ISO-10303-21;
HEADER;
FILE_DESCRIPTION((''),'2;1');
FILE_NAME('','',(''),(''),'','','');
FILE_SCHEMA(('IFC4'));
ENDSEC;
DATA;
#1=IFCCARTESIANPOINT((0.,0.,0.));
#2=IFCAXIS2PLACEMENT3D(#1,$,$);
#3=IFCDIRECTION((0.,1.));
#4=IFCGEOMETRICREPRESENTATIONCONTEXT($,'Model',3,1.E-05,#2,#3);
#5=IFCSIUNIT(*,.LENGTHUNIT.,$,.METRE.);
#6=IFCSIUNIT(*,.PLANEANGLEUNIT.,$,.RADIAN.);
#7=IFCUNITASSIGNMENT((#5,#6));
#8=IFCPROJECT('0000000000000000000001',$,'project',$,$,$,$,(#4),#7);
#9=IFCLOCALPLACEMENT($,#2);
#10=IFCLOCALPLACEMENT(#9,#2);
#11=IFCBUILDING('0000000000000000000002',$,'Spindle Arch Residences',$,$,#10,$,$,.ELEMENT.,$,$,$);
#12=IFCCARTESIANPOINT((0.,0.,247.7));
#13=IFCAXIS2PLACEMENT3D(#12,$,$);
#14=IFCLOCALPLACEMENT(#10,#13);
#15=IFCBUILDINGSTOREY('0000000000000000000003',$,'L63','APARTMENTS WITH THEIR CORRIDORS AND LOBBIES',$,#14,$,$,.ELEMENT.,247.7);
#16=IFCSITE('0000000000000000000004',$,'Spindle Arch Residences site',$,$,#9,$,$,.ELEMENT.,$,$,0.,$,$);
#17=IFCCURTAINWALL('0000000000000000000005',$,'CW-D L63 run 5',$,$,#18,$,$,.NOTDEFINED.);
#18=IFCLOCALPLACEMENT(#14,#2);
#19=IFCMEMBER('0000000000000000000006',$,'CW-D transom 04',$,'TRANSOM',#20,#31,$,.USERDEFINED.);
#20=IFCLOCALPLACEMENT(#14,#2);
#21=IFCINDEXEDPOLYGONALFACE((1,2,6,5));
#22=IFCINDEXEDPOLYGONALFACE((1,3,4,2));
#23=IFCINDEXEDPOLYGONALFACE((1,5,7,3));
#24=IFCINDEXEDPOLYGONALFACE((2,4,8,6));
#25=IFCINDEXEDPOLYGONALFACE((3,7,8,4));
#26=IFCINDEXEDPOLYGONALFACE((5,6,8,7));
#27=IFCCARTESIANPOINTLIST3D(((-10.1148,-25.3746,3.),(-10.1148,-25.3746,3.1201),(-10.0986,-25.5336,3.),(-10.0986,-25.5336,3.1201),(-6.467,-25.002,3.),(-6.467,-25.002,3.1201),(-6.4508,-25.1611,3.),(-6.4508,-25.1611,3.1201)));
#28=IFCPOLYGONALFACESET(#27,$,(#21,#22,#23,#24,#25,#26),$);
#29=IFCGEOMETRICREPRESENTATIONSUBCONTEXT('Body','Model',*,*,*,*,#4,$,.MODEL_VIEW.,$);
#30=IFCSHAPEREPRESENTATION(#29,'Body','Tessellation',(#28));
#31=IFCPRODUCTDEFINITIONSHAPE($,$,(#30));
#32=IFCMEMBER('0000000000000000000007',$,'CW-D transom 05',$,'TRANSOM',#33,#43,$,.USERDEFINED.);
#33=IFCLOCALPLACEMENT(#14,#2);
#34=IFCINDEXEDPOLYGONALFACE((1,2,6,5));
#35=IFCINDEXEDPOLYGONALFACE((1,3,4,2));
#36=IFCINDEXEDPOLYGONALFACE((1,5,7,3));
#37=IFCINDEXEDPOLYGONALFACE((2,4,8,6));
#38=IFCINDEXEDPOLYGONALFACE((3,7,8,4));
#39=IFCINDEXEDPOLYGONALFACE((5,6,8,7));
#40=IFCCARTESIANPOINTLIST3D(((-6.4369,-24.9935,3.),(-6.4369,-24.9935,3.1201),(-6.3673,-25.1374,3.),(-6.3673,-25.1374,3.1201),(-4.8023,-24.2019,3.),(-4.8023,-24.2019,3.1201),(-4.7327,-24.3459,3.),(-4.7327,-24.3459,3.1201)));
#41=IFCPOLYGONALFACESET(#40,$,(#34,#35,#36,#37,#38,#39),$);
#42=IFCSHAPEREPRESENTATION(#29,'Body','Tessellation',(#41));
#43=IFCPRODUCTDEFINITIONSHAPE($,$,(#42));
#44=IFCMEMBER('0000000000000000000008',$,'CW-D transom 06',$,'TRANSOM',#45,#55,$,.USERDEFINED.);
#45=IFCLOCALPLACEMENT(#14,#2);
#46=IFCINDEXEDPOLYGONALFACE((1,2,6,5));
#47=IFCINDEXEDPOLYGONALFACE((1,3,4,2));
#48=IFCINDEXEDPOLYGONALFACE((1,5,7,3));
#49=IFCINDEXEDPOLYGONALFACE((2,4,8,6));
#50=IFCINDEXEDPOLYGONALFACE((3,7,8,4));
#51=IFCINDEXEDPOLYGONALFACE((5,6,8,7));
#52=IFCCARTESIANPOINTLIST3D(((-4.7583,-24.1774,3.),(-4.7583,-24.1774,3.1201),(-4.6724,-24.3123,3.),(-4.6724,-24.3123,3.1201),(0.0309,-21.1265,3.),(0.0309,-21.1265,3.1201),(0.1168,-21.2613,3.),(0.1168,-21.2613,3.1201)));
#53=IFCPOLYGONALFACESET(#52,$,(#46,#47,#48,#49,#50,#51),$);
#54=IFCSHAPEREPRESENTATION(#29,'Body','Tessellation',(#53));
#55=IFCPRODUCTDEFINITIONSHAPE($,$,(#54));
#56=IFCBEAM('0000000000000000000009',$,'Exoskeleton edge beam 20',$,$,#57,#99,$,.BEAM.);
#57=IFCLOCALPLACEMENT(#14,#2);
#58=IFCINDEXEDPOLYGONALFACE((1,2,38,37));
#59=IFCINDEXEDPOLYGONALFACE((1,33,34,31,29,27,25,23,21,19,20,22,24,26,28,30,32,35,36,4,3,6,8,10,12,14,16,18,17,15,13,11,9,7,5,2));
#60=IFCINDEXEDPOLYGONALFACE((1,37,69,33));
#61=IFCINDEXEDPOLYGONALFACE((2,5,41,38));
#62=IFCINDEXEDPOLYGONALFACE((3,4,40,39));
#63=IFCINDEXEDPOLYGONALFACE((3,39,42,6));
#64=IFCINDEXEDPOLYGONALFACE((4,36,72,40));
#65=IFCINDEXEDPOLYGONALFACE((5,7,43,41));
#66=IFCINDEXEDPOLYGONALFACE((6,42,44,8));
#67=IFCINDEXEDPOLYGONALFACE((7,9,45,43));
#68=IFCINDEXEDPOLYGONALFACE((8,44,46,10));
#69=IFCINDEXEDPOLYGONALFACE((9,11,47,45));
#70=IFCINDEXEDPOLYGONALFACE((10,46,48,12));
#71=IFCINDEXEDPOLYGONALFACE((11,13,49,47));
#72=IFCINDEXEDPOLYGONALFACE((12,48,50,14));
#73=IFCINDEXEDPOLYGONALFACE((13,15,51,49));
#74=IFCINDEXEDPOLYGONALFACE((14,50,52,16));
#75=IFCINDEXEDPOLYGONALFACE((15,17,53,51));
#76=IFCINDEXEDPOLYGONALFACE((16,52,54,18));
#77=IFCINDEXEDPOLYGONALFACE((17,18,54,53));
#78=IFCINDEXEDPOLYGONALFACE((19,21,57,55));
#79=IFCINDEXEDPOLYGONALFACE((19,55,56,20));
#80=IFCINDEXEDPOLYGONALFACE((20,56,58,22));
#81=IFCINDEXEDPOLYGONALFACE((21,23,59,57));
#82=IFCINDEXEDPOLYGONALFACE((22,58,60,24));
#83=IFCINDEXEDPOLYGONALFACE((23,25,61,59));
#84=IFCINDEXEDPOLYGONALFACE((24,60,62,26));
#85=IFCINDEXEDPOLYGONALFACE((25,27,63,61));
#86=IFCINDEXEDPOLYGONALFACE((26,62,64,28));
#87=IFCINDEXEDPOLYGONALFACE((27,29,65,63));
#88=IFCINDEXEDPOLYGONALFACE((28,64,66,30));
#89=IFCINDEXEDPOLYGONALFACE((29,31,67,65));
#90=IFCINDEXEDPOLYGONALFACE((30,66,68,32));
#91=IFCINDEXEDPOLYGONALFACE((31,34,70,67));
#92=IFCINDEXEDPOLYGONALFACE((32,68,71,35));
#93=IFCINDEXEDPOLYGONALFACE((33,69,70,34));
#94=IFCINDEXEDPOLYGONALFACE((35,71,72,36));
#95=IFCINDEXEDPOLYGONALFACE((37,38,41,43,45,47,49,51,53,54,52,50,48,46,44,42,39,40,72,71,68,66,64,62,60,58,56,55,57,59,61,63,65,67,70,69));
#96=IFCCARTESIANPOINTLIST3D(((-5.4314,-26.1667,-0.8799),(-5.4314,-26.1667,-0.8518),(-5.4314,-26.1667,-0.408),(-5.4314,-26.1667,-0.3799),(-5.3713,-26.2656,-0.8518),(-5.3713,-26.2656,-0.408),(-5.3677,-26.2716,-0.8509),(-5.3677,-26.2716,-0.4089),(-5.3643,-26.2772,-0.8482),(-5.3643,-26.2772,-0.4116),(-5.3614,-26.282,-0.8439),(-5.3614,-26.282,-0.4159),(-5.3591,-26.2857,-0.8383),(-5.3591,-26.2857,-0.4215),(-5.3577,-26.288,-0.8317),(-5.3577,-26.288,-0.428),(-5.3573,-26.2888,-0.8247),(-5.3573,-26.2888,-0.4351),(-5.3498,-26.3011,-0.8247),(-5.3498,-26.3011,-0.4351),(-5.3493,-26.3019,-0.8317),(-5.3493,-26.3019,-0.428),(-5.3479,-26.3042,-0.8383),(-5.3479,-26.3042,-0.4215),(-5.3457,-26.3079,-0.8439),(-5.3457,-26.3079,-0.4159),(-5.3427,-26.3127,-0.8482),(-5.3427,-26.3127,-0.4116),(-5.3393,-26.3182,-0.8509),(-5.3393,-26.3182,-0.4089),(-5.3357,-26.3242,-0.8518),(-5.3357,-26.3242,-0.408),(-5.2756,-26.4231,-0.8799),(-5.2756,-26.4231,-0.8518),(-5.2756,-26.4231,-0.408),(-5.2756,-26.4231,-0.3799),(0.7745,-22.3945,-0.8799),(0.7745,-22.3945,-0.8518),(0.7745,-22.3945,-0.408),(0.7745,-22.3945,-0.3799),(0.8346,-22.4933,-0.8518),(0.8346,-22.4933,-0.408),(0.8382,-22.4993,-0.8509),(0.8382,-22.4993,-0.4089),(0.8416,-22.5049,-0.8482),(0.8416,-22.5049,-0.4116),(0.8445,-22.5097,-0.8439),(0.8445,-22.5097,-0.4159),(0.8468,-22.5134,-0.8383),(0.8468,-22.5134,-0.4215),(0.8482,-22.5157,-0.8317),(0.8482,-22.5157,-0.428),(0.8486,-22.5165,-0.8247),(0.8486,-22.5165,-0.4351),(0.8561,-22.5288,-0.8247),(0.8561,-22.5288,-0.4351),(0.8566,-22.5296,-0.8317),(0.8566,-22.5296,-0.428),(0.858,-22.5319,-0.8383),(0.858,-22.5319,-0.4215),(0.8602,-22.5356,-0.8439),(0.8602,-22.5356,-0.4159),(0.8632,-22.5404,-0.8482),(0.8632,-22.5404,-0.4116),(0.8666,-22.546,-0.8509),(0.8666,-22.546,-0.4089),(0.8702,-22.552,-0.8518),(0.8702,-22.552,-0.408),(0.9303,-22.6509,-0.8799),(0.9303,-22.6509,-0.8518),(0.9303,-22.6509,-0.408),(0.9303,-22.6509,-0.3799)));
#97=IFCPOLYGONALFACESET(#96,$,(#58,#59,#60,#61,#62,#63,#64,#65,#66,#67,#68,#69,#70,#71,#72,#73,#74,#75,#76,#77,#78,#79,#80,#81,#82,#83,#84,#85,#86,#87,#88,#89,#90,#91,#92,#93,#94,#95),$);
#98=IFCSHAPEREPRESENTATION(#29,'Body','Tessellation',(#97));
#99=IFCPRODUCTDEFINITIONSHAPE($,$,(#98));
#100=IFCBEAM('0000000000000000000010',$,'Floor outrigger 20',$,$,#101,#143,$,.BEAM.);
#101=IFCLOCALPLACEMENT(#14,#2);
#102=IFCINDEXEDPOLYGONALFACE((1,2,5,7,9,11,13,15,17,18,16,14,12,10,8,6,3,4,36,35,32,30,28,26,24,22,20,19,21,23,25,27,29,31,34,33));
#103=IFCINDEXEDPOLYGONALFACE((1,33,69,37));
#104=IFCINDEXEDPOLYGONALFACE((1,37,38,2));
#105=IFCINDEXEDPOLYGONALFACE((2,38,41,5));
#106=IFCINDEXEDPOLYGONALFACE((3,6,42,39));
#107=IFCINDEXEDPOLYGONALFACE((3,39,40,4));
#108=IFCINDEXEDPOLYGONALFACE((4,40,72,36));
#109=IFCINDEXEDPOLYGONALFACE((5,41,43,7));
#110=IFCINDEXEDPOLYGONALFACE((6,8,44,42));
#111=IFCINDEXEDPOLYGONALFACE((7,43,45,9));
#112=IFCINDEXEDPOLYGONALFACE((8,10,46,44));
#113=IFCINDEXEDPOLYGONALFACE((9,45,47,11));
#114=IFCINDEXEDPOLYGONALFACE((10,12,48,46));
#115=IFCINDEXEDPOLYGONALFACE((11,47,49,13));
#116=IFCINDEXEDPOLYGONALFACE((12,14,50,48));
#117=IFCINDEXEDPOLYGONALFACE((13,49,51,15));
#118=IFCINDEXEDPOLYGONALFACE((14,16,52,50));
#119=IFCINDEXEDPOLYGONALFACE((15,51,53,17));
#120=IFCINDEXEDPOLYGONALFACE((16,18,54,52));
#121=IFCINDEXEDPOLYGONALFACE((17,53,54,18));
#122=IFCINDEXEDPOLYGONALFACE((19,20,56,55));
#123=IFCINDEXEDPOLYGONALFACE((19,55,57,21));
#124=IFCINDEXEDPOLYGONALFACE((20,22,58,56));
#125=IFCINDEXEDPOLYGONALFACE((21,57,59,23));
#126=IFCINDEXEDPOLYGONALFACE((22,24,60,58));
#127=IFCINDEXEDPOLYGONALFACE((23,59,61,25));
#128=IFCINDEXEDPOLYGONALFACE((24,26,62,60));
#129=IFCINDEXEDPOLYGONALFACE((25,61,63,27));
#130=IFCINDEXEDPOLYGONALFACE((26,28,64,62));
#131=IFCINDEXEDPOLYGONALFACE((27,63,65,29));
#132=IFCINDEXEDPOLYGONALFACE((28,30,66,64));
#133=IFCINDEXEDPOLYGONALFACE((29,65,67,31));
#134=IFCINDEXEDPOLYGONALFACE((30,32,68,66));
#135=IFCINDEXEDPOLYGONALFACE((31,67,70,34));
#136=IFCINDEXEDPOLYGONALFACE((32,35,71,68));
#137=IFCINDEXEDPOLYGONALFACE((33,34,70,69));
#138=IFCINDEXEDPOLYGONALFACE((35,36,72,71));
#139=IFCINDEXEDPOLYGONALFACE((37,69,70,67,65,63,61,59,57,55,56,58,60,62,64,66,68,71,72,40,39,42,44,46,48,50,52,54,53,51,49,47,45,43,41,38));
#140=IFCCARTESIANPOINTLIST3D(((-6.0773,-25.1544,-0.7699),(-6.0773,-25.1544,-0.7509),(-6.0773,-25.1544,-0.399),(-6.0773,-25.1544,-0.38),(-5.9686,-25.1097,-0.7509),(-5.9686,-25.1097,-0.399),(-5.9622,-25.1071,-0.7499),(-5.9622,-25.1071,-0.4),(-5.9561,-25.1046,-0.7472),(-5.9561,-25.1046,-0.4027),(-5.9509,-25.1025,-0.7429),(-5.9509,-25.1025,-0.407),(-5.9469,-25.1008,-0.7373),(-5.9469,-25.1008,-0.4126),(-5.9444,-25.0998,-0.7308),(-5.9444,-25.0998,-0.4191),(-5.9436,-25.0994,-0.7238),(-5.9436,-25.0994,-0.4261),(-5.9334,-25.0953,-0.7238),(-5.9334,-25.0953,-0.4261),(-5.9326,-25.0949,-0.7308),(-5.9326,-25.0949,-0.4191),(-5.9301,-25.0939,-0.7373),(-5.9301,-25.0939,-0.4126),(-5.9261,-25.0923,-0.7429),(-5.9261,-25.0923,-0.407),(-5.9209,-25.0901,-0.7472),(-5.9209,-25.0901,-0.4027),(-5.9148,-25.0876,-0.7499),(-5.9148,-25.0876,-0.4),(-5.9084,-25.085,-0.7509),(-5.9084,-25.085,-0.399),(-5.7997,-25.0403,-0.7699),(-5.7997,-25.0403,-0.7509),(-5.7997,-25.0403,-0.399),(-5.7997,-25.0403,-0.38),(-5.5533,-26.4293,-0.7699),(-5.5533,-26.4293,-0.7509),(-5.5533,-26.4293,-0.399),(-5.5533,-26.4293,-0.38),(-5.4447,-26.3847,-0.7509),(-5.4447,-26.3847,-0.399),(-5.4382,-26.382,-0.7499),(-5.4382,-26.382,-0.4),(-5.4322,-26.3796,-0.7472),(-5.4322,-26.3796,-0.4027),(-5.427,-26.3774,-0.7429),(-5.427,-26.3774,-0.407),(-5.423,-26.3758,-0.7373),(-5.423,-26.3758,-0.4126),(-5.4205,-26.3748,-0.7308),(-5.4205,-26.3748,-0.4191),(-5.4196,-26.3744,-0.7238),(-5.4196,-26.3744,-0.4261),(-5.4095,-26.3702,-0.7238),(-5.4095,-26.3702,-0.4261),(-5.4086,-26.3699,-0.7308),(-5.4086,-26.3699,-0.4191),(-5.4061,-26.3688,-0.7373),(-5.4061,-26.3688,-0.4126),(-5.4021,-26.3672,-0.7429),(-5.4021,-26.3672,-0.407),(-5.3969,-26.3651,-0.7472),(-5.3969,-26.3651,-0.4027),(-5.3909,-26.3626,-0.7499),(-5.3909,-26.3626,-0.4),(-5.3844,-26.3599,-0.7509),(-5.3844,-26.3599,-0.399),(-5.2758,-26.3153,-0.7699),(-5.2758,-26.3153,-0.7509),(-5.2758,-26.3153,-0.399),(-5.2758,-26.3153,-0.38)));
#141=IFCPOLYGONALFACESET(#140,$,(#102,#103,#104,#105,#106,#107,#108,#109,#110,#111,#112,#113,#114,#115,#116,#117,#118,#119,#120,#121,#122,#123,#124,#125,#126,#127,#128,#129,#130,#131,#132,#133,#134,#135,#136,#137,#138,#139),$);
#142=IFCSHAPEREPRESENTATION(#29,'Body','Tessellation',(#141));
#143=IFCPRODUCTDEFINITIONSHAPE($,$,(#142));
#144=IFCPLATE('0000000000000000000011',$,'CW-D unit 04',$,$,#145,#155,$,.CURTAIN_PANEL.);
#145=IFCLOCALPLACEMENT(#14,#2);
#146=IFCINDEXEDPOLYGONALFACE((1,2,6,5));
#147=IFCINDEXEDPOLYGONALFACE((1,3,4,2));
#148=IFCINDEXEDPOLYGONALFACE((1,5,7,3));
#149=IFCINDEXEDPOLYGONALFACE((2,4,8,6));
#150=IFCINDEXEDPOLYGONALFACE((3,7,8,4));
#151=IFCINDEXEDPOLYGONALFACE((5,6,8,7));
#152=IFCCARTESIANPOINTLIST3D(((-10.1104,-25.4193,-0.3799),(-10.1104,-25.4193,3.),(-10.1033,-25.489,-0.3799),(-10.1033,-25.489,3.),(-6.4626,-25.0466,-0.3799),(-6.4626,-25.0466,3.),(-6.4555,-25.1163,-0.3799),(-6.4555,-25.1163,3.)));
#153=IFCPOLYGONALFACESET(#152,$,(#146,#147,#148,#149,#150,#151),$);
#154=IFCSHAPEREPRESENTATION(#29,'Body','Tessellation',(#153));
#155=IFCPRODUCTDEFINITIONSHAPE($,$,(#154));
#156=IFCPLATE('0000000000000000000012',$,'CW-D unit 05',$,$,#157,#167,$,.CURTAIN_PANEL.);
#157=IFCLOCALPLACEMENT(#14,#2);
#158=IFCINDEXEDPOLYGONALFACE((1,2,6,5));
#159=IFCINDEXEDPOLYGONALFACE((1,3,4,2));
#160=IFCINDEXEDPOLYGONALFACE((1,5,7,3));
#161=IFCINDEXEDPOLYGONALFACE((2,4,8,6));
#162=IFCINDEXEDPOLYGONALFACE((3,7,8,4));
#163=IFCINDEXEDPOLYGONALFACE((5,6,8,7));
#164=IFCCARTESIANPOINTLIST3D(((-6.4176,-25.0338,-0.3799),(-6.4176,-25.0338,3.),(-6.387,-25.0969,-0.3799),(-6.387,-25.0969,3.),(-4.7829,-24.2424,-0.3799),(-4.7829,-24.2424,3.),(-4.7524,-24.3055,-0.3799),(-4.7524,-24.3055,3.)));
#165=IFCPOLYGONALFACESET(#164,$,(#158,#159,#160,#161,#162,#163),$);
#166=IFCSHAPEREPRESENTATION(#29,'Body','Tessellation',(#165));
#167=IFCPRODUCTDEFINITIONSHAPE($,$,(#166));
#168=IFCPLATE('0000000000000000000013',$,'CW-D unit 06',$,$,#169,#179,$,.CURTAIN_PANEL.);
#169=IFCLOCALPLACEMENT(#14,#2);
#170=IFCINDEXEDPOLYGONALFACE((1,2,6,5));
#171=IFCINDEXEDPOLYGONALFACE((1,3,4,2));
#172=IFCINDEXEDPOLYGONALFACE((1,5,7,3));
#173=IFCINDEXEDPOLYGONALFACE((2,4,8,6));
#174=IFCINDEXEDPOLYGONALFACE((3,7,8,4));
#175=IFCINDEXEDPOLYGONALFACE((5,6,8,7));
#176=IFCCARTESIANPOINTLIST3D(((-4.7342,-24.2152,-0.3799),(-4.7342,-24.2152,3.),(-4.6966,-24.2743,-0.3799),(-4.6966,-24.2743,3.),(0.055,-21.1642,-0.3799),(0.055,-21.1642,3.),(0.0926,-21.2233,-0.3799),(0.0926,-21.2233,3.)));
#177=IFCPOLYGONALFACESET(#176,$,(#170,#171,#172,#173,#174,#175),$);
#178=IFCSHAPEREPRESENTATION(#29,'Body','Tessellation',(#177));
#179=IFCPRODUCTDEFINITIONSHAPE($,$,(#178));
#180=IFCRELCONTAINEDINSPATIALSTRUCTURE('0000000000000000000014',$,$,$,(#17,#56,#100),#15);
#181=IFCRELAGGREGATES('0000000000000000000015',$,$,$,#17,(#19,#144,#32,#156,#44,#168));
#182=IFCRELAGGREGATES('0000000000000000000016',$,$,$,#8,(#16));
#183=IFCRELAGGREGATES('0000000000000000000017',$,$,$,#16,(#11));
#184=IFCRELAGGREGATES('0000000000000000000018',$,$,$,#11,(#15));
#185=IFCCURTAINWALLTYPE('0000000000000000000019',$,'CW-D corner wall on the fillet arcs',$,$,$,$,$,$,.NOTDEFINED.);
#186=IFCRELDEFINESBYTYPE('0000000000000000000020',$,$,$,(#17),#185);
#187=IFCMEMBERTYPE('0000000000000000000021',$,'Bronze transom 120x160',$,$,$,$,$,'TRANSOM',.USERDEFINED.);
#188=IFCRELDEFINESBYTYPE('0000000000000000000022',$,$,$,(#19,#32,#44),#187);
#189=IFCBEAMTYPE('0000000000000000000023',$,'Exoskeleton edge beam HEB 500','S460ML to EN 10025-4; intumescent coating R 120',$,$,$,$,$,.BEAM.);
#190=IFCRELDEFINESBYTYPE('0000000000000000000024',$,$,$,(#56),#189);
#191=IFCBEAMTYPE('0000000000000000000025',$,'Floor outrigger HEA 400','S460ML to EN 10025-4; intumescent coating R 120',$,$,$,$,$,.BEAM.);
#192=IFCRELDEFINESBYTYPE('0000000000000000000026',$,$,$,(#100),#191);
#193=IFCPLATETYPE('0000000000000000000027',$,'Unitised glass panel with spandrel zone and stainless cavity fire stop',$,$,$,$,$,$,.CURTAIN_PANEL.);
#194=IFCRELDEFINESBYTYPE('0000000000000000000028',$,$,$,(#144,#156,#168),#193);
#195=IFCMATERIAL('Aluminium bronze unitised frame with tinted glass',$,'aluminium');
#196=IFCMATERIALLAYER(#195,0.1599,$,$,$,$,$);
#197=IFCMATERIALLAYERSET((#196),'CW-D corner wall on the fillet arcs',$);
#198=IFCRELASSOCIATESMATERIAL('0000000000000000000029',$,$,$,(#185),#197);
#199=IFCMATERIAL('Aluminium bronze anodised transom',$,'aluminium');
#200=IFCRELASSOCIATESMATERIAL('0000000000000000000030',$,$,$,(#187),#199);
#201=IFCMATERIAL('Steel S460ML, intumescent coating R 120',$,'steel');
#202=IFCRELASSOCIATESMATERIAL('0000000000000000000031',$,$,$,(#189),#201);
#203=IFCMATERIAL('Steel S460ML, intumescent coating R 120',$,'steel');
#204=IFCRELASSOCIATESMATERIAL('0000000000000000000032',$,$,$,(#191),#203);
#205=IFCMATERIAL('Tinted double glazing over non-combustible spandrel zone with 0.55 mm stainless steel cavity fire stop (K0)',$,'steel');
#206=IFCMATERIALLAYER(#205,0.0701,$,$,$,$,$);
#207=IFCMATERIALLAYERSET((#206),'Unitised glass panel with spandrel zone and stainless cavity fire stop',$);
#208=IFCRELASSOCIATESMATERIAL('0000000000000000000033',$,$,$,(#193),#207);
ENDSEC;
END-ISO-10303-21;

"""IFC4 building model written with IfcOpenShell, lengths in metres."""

from ifc_helpers import new_model, si_unit, direction, frame, origin, origin_2d, place, context, subcontext, project, spatial, rectangle, i_section, extrude, material, layer, layer_set, material_profile, profile_set, type_object, element, aggregate, save


model = new_model("IFC4")

# Units and contexts
model_context = context("Model", 3, precision=1e-05, world=origin(), true_north=direction((0.0, 1.0)))
body_context = subcontext(model_context, "Body", "Model", "MODEL_VIEW")
ifc_project = project(units=[si_unit("LENGTHUNIT", "METRE"), si_unit("PLANEANGLEUNIT", "RADIAN")], contexts=[model_context])

# Site, building, storey
site_placement = place(None, origin())
site = spatial("IfcSite", under=ifc_project, at=site_placement, Name="Spindle Arch Residences site", CompositionType="ELEMENT", RefElevation=0.0)
building_placement = place(site_placement, origin())
building = spatial("IfcBuilding", under=site, at=building_placement, Name="Spindle Arch Residences", CompositionType="ELEMENT")
storey_placement = place(building_placement, frame((0.0, 0.0, 247.7)))
storey = spatial("IfcBuildingStorey", under=building, at=storey_placement, Name="L63", Description="APARTMENTS WITH THEIR CORRIDORS AND LOBBIES", CompositionType="ELEMENT", Elevation=247.7)

# Curtain wall, members
ifc_material_1 = material(Name="Aluminium bronze unitised frame with tinted glass", Category="aluminium")
ifc_layer_1 = layer(ifc_material_1, 0.1599)
ifc_layer_set_1 = layer_set([ifc_layer_1], Name="CW-D corner wall on the fillet arcs")
curtain_wall_type = type_object("IfcCurtainWallType", Name="CW-D corner wall on the fillet arcs", PredefinedType="NOTDEFINED", material=ifc_layer_set_1)
curtain_wall_placement = place(storey_placement, origin())
curtain_wall = element("IfcCurtainWall", 1, at=curtain_wall_placement, inside=storey, type_object=curtain_wall_type, Name="CW-D L63 run 5", PredefinedType="NOTDEFINED")
ifc_material_2 = material(Name="Aluminium bronze anodised transom", Category="aluminium")
ifc_material_profile_1 = material_profile(ifc_material_2, rectangle(XDim=0.1599, YDim=0.1201, at=origin_2d()), Name="TR 120x160")
ifc_profile_set_1 = profile_set([ifc_material_profile_1], Name="Aluminium bronze anodised transom")
member_type_1 = type_object("IfcMemberType", Name="Bronze transom 120x160", ElementType="TRANSOM", PredefinedType="USERDEFINED", material=ifc_profile_set_1)
member_1_placement = place(storey_placement, frame((-10.1067, -25.4541, 3.0601), z_axis=(0.994825, 0.101606, 0.0), x_axis=(-0.101606, 0.994825, 0.0)))
member_1 = element("IfcMember", 2, at=member_1_placement, type_object=member_type_1, Name="CW-D transom 04", ObjectType="TRANSOM", PredefinedType="USERDEFINED", context=body_context, shape_type="SweptSolid", body=[
    extrude(rectangle(XDim=0.1599, YDim=0.1201, at=origin_2d()), origin(), (0.0, 0.0, 1.0), 3.6667),
])
member_2_placement = place(storey_placement, frame((-6.4021, -25.0654, 3.0601), z_axis=(0.900028, 0.435831, 0.0), x_axis=(-0.435831, 0.900028, 0.0)))
member_2 = element("IfcMember", 3, at=member_2_placement, type_object=member_type_1, Name="CW-D transom 05", ObjectType="TRANSOM", PredefinedType="USERDEFINED", context=body_context, shape_type="SweptSolid", body=[
    extrude(rectangle(XDim=0.1599, YDim=0.1201, at=origin_2d()), origin(), (0.0, 0.0, 1.0), 1.8162),
])
member_3_placement = place(storey_placement, frame((-4.7153, -24.2449, 3.0601), z_axis=(0.843399, 0.537287, 0.0), x_axis=(-0.537287, 0.843399, 0.0)))
member_3 = element("IfcMember", 4, at=member_3_placement, type_object=member_type_1, Name="CW-D transom 06", ObjectType="TRANSOM", PredefinedType="USERDEFINED", context=body_context, shape_type="SweptSolid", body=[
    extrude(rectangle(XDim=0.1599, YDim=0.1201, at=origin_2d()), origin(), (0.0, 0.0, 1.0), 5.6785),
])

# Beams
ifc_material_3 = material(Name="Steel S460ML, intumescent coating R 120", Category="steel")
ifc_material_profile_2 = material_profile(ifc_material_3, i_section(OverallWidth=0.3, OverallDepth=0.5, WebThickness=0.0144, FlangeThickness=0.0281, FilletRadius=0.0271, at=origin_2d()), Name="HEB 500")
ifc_profile_set_2 = profile_set([ifc_material_profile_2], Name="Steel S460ML, intumescent coating R 120")
beam_type_1 = type_object("IfcBeamType", Name="Exoskeleton edge beam HEB 500", Description="S460ML to EN 10025-4; intumescent coating R 120", PredefinedType="BEAM", material=ifc_profile_set_2)
beam_1_placement = place(storey_placement, frame((-5.3535, -26.2949, -0.6299), z_axis=(0.854518, 0.519421, 0.0), x_axis=(-0.519421, 0.854518, 0.0)))
element("IfcBeam", 5, at=beam_1_placement, inside=storey, type_object=beam_type_1, Name="Exoskeleton edge beam 20", PredefinedType="BEAM", context=body_context, shape_type="SweptSolid", body=[
    extrude(i_section(OverallWidth=0.3, OverallDepth=0.5, WebThickness=0.0144, FlangeThickness=0.0281, FilletRadius=0.0271, at=origin_2d()), origin(), (0.0, 0.0, 1.0), 7.2625),
])
ifc_material_4 = material(Name="Steel S460ML, intumescent coating R 120", Category="steel")
ifc_material_profile_3 = material_profile(ifc_material_4, i_section(OverallWidth=0.3, OverallDepth=0.3899, WebThickness=0.011, FlangeThickness=0.019, FilletRadius=0.0271, at=origin_2d()), Name="HEA 400")
ifc_profile_set_3 = profile_set([ifc_material_profile_3], Name="Steel S460ML, intumescent coating R 120")
beam_type_2 = type_object("IfcBeamType", Name="Floor outrigger HEA 400", Description="S460ML to EN 10025-4; intumescent coating R 120", PredefinedType="BEAM", material=ifc_profile_set_3)
beam_2_placement = place(storey_placement, frame((-5.4146, -26.3723, -0.575), z_axis=(-0.380108, 0.924942, 0.0), x_axis=(-0.924942, -0.380108, 0.0)))
element("IfcBeam", 6, at=beam_2_placement, inside=storey, type_object=beam_type_2, Name="Floor outrigger 20", PredefinedType="BEAM", context=body_context, shape_type="SweptSolid", body=[
    extrude(i_section(OverallWidth=0.3, OverallDepth=0.3899, WebThickness=0.011, FlangeThickness=0.019, FilletRadius=0.0271, at=origin_2d()), origin(), (0.0, 0.0, 1.0), 1.3784),
])

# Plates
ifc_material_5 = material(Name="Tinted double glazing over non-combustible spandrel zone with 0.55 mm stainless steel cavity fire stop (K0)", Category="steel")
ifc_layer_2 = layer(ifc_material_5, 0.0701)
ifc_layer_set_2 = layer_set([ifc_layer_2], Name="Unitised glass panel with spandrel zone and stainless cavity fire stop")
plate_type = type_object("IfcPlateType", Name="Unitised glass panel with spandrel zone and stainless cavity fire stop", PredefinedType="CURTAIN_PANEL", material=ifc_layer_set_2)
plate_1_placement = place(storey_placement, frame((-8.283, -25.2678, -0.3799), z_axis=(0.0, 0.0, 1.0), x_axis=(0.994822, 0.101635, 0.0)))
plate_1 = element("IfcPlate", 7, at=plate_1_placement, type_object=plate_type, Name="CW-D unit 04", PredefinedType="CURTAIN_PANEL", context=body_context, shape_type="SweptSolid", body=[
    extrude(rectangle(XDim=3.6667, YDim=0.0701, at=origin_2d()), origin(), (0.0, 0.0, 1.0), 3.3799),
])
plate_2_placement = place(storey_placement, frame((-5.585, -24.6697, -0.3799), z_axis=(0.0, 0.0, 1.0), x_axis=(0.900065, 0.435755, 0.0)))
plate_2 = element("IfcPlate", 8, at=plate_2_placement, type_object=plate_type, Name="CW-D unit 05", PredefinedType="CURTAIN_PANEL", context=body_context, shape_type="SweptSolid", body=[
    extrude(rectangle(XDim=1.8162, YDim=0.0701, at=origin_2d()), origin(), (0.0, 0.0, 1.0), 3.3799),
])
plate_3_placement = place(storey_placement, frame((-2.3208, -22.7192, -0.3799), z_axis=(0.0, 0.0, 1.0), x_axis=(0.843391, 0.5373, 0.0)))
plate_3 = element("IfcPlate", 9, at=plate_3_placement, type_object=plate_type, Name="CW-D unit 06", PredefinedType="CURTAIN_PANEL", context=body_context, shape_type="SweptSolid", body=[
    extrude(rectangle(XDim=5.6785, YDim=0.0701, at=origin_2d()), origin(), (0.0, 0.0, 1.0), 3.3799),
])
aggregate(curtain_wall, [member_1, plate_1, member_2, plate_2, member_3, plate_3])

save(model, "model.ifc")
